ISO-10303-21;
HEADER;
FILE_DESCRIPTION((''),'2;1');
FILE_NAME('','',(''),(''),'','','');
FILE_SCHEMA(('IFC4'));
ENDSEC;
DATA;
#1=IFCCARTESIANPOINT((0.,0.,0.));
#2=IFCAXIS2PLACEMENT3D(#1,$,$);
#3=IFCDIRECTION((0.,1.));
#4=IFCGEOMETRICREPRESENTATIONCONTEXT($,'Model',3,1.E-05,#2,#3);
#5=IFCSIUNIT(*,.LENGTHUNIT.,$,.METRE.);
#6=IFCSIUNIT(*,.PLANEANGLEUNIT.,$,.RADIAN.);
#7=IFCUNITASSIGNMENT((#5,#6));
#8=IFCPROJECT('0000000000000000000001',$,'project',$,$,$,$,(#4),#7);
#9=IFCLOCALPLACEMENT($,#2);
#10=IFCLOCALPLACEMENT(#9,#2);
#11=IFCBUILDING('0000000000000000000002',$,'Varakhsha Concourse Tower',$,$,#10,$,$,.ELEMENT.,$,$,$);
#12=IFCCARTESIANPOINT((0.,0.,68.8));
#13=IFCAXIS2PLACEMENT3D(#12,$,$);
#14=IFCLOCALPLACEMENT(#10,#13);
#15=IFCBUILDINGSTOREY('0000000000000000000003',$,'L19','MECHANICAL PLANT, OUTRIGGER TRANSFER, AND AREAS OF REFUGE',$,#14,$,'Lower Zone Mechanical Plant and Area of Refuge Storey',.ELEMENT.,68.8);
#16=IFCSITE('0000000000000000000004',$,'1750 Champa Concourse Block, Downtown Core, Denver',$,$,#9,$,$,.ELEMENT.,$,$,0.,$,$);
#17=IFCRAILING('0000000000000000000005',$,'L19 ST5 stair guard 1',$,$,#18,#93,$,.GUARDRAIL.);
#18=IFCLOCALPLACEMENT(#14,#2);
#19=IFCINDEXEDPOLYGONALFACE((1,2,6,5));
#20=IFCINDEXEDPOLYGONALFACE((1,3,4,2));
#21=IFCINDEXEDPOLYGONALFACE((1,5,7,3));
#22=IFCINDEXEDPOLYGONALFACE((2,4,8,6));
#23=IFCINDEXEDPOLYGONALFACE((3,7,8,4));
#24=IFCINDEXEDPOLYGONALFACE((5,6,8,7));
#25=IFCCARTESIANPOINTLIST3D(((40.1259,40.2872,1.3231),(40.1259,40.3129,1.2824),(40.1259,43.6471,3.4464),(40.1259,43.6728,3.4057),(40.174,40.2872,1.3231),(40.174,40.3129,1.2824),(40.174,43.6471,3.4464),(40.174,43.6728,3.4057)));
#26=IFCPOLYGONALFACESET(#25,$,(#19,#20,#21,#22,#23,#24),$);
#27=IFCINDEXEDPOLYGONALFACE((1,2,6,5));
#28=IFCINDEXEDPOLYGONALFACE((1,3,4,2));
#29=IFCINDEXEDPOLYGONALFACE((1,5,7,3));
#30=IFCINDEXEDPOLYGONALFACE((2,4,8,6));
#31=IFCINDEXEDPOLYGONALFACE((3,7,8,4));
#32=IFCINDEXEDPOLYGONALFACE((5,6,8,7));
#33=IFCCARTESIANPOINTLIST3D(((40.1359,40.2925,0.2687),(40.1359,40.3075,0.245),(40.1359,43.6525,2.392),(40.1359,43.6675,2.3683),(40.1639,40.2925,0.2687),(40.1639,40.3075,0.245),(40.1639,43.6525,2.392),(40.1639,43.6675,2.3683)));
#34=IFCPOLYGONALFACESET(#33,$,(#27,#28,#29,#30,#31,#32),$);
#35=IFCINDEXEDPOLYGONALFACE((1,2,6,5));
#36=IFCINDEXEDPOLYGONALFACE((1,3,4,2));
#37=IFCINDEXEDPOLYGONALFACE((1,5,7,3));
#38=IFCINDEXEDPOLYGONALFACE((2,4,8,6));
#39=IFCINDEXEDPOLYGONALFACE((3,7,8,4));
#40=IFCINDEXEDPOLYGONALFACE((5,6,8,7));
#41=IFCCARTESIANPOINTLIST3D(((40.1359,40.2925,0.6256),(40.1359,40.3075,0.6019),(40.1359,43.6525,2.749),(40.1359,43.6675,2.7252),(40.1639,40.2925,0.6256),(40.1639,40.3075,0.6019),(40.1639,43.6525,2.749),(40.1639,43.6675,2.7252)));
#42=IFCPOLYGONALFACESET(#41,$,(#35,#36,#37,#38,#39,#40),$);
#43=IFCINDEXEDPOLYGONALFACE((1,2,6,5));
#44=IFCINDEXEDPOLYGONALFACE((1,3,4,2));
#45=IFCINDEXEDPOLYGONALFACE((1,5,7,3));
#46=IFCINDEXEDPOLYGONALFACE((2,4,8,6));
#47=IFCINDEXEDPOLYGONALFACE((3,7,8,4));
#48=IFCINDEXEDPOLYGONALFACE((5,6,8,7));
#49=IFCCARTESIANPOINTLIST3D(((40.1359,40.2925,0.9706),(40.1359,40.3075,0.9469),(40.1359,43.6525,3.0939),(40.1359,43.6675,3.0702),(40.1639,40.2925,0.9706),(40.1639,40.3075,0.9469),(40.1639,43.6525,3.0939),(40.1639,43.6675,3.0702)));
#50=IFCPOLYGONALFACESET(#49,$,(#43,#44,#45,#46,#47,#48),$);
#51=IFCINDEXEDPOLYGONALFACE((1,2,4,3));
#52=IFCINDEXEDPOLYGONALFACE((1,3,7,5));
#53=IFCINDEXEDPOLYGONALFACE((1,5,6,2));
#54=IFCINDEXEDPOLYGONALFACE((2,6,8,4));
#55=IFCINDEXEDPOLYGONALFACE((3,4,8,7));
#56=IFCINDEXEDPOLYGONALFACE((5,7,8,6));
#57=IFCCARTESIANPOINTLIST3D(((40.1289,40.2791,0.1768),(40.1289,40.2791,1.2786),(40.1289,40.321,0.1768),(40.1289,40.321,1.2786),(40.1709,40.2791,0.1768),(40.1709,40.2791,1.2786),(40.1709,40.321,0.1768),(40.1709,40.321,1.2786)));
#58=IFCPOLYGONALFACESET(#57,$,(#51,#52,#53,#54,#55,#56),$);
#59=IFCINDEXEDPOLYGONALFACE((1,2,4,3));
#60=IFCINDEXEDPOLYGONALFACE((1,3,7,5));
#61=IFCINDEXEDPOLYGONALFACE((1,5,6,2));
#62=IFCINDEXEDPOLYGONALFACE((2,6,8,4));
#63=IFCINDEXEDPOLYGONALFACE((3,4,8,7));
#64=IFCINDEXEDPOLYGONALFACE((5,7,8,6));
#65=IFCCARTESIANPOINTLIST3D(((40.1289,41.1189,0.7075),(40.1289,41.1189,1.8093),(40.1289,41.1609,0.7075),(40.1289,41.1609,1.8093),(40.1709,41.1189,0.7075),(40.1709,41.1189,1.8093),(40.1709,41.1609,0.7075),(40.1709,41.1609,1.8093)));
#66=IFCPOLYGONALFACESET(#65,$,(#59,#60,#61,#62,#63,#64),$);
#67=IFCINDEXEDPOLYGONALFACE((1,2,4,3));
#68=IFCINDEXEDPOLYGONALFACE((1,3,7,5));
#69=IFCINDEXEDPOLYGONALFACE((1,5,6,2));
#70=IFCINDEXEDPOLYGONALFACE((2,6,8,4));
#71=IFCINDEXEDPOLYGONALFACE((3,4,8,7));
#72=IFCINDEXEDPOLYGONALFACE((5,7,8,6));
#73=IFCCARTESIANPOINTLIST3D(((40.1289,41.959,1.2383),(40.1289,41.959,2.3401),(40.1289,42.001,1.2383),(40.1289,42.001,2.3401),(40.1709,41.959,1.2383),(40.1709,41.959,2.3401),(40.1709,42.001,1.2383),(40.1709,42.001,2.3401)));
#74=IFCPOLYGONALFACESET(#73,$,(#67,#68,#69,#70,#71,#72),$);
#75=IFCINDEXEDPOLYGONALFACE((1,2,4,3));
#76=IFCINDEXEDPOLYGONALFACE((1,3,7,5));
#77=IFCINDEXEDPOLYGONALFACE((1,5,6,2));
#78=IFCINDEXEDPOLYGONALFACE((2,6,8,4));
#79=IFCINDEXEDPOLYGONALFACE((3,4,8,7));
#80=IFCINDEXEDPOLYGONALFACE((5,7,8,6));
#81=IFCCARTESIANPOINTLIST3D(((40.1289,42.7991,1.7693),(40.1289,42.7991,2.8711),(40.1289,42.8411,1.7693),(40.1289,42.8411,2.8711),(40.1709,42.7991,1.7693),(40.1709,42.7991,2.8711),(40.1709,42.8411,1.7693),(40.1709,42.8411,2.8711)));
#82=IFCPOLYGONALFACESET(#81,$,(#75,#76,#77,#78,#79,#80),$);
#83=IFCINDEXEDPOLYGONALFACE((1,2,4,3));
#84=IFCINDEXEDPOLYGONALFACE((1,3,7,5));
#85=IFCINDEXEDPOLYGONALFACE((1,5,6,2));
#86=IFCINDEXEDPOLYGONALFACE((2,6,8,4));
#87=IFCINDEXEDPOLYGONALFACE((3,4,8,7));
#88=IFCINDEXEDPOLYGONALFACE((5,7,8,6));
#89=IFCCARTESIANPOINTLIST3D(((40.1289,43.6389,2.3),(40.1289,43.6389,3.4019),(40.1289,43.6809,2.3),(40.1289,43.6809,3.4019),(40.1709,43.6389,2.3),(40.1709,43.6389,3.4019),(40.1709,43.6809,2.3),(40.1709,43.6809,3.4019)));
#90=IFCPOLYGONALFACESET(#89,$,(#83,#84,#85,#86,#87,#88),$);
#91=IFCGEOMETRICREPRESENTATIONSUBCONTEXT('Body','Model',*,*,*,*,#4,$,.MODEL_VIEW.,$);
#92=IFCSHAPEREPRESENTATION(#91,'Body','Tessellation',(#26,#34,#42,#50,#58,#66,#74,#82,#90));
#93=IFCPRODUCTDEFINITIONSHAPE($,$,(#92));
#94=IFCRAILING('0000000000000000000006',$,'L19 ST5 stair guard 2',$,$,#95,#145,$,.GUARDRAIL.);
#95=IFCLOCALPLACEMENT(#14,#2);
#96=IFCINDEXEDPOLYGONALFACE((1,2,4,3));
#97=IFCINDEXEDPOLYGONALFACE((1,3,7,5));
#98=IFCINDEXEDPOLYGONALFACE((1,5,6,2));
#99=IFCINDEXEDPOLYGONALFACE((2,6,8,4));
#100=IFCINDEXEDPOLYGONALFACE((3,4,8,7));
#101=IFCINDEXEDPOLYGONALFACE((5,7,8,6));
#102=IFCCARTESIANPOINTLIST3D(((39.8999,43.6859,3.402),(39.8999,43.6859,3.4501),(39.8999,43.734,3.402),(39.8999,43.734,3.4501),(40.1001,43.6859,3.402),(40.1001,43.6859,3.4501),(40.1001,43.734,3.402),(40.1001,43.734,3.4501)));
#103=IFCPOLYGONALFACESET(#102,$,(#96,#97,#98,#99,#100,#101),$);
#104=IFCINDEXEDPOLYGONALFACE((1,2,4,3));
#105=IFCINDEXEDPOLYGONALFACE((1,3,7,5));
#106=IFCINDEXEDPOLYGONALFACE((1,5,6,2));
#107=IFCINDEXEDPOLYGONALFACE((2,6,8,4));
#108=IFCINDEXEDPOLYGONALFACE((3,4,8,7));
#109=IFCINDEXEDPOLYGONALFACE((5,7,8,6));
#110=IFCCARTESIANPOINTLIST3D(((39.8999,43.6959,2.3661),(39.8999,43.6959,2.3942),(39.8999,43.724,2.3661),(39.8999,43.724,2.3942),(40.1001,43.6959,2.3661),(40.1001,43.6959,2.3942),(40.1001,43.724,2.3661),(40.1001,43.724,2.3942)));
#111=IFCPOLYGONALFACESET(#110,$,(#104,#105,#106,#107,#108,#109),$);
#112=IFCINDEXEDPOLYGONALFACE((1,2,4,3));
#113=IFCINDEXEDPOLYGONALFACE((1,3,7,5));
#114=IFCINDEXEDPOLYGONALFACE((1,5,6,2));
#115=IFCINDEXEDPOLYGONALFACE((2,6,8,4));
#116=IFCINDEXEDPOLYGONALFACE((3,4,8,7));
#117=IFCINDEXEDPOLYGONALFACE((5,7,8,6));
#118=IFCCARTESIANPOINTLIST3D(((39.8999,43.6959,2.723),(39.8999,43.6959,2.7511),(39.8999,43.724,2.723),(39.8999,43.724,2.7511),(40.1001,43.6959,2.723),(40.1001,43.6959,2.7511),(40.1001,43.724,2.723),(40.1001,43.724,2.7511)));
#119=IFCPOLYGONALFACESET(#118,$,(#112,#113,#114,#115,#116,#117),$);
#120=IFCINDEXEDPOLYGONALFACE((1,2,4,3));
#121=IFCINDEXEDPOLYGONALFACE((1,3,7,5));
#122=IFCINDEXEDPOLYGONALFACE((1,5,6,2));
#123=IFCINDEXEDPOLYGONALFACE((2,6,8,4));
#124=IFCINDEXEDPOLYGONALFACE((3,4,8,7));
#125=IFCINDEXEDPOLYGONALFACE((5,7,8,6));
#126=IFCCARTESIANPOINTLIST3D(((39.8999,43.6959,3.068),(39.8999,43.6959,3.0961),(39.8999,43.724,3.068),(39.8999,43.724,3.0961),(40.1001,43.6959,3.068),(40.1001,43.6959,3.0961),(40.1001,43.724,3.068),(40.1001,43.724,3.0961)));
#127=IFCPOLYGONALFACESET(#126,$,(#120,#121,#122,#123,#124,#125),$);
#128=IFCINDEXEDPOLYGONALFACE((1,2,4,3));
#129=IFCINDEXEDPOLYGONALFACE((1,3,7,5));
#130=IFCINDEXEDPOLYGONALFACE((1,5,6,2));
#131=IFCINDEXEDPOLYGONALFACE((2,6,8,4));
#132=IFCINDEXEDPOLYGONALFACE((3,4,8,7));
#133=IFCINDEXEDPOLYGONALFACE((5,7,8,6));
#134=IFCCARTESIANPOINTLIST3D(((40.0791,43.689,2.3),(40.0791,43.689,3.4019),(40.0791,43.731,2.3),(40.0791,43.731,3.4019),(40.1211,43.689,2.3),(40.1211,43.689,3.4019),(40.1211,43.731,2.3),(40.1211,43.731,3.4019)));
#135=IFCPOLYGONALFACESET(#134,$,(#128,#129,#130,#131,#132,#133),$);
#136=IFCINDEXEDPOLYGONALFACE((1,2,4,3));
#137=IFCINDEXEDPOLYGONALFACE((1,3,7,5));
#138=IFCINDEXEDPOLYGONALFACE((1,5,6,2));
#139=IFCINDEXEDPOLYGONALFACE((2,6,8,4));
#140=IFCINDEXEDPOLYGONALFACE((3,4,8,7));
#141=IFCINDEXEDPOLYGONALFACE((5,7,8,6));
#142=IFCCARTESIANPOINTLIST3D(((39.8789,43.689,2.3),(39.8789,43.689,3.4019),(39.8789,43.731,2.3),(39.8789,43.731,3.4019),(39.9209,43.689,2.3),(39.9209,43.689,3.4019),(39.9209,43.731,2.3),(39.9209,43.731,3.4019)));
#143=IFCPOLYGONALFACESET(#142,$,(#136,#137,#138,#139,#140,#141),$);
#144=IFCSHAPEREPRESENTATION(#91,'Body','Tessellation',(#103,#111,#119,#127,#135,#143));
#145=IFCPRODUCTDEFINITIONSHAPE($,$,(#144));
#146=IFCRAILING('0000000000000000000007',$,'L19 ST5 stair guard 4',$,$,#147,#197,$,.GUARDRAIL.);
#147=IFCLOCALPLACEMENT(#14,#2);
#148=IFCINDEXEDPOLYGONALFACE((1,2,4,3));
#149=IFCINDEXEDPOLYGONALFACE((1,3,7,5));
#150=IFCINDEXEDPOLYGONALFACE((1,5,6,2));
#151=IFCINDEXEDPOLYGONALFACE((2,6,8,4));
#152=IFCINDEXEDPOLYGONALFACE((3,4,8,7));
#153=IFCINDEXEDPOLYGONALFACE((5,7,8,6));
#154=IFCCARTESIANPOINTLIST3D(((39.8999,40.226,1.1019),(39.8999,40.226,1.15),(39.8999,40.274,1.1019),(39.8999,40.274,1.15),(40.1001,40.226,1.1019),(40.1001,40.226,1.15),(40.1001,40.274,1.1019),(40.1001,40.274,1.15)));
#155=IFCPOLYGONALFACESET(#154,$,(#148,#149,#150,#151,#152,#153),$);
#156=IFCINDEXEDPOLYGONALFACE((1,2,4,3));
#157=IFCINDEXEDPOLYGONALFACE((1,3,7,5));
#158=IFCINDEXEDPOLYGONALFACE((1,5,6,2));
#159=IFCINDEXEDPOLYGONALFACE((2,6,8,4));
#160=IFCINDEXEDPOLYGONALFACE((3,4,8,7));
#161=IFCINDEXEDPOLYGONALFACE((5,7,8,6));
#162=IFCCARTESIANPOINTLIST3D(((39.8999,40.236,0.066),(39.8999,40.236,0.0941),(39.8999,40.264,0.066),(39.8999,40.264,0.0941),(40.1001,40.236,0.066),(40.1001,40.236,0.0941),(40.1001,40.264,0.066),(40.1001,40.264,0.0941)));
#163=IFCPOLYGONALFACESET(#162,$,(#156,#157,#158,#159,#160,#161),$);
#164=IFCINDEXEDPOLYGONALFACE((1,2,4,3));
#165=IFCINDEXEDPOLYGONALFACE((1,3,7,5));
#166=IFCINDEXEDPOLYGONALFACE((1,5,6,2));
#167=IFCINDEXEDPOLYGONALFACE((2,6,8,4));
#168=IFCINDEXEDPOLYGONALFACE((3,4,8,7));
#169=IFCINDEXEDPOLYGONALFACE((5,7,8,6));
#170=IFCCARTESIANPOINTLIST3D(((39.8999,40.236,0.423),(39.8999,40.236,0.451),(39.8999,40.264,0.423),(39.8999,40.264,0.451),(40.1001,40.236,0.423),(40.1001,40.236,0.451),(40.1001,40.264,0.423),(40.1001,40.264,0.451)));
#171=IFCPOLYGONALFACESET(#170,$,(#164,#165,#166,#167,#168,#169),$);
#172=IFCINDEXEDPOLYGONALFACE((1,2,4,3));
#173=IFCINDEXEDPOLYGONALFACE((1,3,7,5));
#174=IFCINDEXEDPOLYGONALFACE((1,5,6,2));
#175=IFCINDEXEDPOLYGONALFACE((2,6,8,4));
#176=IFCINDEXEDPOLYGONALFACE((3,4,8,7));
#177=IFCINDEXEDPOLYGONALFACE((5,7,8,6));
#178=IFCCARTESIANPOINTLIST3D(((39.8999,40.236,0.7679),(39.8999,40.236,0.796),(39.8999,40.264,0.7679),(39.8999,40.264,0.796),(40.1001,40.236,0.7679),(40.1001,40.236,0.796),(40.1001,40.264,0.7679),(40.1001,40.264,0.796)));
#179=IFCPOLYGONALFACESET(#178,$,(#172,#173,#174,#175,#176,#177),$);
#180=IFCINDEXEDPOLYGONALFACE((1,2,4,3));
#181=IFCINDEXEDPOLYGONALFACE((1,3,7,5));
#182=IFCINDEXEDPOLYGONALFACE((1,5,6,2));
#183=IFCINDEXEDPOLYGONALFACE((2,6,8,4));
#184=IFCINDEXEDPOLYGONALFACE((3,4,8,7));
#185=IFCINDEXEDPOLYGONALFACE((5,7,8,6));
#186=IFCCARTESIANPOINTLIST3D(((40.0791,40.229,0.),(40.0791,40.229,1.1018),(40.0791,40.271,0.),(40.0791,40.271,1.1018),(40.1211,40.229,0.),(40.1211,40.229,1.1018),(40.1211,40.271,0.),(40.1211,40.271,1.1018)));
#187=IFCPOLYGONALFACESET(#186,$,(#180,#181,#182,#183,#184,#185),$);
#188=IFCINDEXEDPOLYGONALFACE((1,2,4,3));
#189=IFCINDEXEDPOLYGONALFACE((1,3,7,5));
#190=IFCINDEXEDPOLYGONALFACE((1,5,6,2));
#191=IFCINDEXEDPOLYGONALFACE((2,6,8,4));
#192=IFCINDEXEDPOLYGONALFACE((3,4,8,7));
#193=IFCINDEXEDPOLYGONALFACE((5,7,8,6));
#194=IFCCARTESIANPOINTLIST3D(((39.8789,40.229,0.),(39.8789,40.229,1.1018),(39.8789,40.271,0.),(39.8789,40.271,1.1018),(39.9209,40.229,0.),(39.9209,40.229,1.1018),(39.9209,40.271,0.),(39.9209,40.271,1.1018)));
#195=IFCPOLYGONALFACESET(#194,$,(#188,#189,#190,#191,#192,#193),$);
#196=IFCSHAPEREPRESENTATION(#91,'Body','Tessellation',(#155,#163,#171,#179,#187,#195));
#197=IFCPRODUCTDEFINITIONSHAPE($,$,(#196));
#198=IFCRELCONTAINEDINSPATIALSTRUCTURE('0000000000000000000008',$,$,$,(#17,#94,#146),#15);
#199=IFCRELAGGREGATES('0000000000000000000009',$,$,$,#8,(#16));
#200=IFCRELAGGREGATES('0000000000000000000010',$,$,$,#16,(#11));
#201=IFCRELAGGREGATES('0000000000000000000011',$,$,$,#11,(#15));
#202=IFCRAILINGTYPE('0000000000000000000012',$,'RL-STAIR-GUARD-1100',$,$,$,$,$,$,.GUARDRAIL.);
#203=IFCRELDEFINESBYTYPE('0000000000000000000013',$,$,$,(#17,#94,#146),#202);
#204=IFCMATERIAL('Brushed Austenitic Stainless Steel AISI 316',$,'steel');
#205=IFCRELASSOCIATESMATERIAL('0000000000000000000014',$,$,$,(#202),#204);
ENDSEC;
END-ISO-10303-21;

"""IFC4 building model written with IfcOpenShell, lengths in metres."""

from ifc_helpers import new_model, si_unit, direction, frame, origin, origin_2d, place, context, subcontext, project, spatial, rectangle, extrude, material, type_object, element, save


model = new_model("IFC4")

# Units and contexts
model_context = context("Model", 3, precision=1e-05, world=origin(), true_north=direction((0.0, 1.0)))
body_context = subcontext(model_context, "Body", "Model", "MODEL_VIEW")
ifc_project = project(units=[si_unit("LENGTHUNIT", "METRE"), si_unit("PLANEANGLEUNIT", "RADIAN")], contexts=[model_context])

# Site, building, storey
site_placement = place(None, origin())
site = spatial("IfcSite", under=ifc_project, at=site_placement, Name="1750 Champa Concourse Block, Downtown Core, Denver", CompositionType="ELEMENT", RefElevation=0.0)
building_placement = place(site_placement, origin())
building = spatial("IfcBuilding", under=site, at=building_placement, Name="Varakhsha Concourse Tower", CompositionType="ELEMENT")
storey_placement = place(building_placement, frame((0.0, 0.0, 68.8)))
storey = spatial("IfcBuildingStorey", under=building, at=storey_placement, Name="L19", Description="MECHANICAL PLANT, OUTRIGGER TRANSFER, AND AREAS OF REFUGE", LongName="Lower Zone Mechanical Plant and Area of Refuge Storey", CompositionType="ELEMENT", Elevation=68.8)

# Railings
ifc_material_1 = material(Name="Brushed Austenitic Stainless Steel AISI 316", Category="steel")
railing_type_1 = type_object("IfcRailingType", Name="RL-STAIR-GUARD-1100", PredefinedType="GUARDRAIL", material=ifc_material_1)
railing_1_placement = place(storey_placement, frame((40.1499, 40.3, 0.1768)))
element("IfcRailing", 1, at=railing_1_placement, inside=storey, type_object=railing_type_1, Name="L19 ST5 stair guard 1", PredefinedType="GUARDRAIL", context=body_context, shape_type="SweptSolid", body=[
    extrude(rectangle(XDim=0.0481, YDim=0.0481, at=origin_2d()), frame((0.0, 0.0, 1.126), z_axis=(0.0, 0.845344, 0.534222), x_axis=(-1.0, 0.0, 0.0)), (0.0, 0.0, 1.0), 3.9746),
    extrude(rectangle(XDim=0.0281, YDim=0.0281, at=origin_2d()), frame((0.0, 0.0, 0.0801), z_axis=(0.0, 0.845344, 0.534222), x_axis=(-1.0, 0.0, 0.0)), (0.0, 0.0, 1.0), 3.9746),
    extrude(rectangle(XDim=0.0281, YDim=0.0281, at=origin_2d()), frame((0.0, 0.0, 0.437), z_axis=(0.0, 0.845344, 0.534222), x_axis=(-1.0, 0.0, 0.0)), (0.0, 0.0, 1.0), 3.9746),
    extrude(rectangle(XDim=0.0281, YDim=0.0281, at=origin_2d()), frame((0.0, 0.0, 0.782), z_axis=(0.0, 0.845344, 0.534222), x_axis=(-1.0, 0.0, 0.0)), (0.0, 0.0, 1.0), 3.9746),
    extrude(rectangle(XDim=0.042, YDim=0.042, at=origin_2d()), origin(), (0.0, 0.0, 1.0), 1.1018),
    extrude(rectangle(XDim=0.042, YDim=0.042, at=origin_2d()), frame((0.0, 0.8398, 0.5308)), (0.0, 0.0, 1.0), 1.1018),
    extrude(rectangle(XDim=0.042, YDim=0.042, at=origin_2d()), frame((0.0, 1.6799, 1.0615)), (0.0, 0.0, 1.0), 1.1018),
    extrude(rectangle(XDim=0.042, YDim=0.042, at=origin_2d()), frame((0.0, 2.52, 1.5925)), (0.0, 0.0, 1.0), 1.1018),
    extrude(rectangle(XDim=0.042, YDim=0.042, at=origin_2d()), frame((0.0, 3.3599, 2.1233)), (0.0, 0.0, 1.0), 1.1018),
])
for number, where, name in (
    (2, (40.1001, 43.71, 2.3), "L19 ST5 stair guard 2"),
    (3, (40.1001, 40.25, 0.0), "L19 ST5 stair guard 4"),
):
    element("IfcRailing", number, at=place(storey_placement, frame(where)), inside=storey, type_object=railing_type_1, Name=name, PredefinedType="GUARDRAIL", context=body_context, shape_type="SweptSolid", body=[
        extrude(rectangle(XDim=0.0481, YDim=0.0481, at=origin_2d()), frame((0.0, 0.0, 1.126), z_axis=(-1.0, 0.0, 0.0), x_axis=(0.0, -1.0, 0.0)), (0.0, 0.0, 1.0), 0.2002),
        extrude(rectangle(XDim=0.0281, YDim=0.0281, at=origin_2d()), frame((0.0, 0.0, 0.0801), z_axis=(-1.0, 0.0, 0.0), x_axis=(0.0, -1.0, 0.0)), (0.0, 0.0, 1.0), 0.2002),
        extrude(rectangle(XDim=0.0281, YDim=0.0281, at=origin_2d()), frame((0.0, 0.0, 0.437), z_axis=(-1.0, 0.0, 0.0), x_axis=(0.0, -1.0, 0.0)), (0.0, 0.0, 1.0), 0.2002),
        extrude(rectangle(XDim=0.0281, YDim=0.0281, at=origin_2d()), frame((0.0, 0.0, 0.782), z_axis=(-1.0, 0.0, 0.0), x_axis=(0.0, -1.0, 0.0)), (0.0, 0.0, 1.0), 0.2002),
        extrude(rectangle(XDim=0.042, YDim=0.042, at=origin_2d()), origin(), (0.0, 0.0, 1.0), 1.1018),
        extrude(rectangle(XDim=0.042, YDim=0.042, at=origin_2d()), frame((-0.2002, 0.0, 0.0)), (0.0, 0.0, 1.0), 1.1018),
    ])

save(model, "model.ifc")
